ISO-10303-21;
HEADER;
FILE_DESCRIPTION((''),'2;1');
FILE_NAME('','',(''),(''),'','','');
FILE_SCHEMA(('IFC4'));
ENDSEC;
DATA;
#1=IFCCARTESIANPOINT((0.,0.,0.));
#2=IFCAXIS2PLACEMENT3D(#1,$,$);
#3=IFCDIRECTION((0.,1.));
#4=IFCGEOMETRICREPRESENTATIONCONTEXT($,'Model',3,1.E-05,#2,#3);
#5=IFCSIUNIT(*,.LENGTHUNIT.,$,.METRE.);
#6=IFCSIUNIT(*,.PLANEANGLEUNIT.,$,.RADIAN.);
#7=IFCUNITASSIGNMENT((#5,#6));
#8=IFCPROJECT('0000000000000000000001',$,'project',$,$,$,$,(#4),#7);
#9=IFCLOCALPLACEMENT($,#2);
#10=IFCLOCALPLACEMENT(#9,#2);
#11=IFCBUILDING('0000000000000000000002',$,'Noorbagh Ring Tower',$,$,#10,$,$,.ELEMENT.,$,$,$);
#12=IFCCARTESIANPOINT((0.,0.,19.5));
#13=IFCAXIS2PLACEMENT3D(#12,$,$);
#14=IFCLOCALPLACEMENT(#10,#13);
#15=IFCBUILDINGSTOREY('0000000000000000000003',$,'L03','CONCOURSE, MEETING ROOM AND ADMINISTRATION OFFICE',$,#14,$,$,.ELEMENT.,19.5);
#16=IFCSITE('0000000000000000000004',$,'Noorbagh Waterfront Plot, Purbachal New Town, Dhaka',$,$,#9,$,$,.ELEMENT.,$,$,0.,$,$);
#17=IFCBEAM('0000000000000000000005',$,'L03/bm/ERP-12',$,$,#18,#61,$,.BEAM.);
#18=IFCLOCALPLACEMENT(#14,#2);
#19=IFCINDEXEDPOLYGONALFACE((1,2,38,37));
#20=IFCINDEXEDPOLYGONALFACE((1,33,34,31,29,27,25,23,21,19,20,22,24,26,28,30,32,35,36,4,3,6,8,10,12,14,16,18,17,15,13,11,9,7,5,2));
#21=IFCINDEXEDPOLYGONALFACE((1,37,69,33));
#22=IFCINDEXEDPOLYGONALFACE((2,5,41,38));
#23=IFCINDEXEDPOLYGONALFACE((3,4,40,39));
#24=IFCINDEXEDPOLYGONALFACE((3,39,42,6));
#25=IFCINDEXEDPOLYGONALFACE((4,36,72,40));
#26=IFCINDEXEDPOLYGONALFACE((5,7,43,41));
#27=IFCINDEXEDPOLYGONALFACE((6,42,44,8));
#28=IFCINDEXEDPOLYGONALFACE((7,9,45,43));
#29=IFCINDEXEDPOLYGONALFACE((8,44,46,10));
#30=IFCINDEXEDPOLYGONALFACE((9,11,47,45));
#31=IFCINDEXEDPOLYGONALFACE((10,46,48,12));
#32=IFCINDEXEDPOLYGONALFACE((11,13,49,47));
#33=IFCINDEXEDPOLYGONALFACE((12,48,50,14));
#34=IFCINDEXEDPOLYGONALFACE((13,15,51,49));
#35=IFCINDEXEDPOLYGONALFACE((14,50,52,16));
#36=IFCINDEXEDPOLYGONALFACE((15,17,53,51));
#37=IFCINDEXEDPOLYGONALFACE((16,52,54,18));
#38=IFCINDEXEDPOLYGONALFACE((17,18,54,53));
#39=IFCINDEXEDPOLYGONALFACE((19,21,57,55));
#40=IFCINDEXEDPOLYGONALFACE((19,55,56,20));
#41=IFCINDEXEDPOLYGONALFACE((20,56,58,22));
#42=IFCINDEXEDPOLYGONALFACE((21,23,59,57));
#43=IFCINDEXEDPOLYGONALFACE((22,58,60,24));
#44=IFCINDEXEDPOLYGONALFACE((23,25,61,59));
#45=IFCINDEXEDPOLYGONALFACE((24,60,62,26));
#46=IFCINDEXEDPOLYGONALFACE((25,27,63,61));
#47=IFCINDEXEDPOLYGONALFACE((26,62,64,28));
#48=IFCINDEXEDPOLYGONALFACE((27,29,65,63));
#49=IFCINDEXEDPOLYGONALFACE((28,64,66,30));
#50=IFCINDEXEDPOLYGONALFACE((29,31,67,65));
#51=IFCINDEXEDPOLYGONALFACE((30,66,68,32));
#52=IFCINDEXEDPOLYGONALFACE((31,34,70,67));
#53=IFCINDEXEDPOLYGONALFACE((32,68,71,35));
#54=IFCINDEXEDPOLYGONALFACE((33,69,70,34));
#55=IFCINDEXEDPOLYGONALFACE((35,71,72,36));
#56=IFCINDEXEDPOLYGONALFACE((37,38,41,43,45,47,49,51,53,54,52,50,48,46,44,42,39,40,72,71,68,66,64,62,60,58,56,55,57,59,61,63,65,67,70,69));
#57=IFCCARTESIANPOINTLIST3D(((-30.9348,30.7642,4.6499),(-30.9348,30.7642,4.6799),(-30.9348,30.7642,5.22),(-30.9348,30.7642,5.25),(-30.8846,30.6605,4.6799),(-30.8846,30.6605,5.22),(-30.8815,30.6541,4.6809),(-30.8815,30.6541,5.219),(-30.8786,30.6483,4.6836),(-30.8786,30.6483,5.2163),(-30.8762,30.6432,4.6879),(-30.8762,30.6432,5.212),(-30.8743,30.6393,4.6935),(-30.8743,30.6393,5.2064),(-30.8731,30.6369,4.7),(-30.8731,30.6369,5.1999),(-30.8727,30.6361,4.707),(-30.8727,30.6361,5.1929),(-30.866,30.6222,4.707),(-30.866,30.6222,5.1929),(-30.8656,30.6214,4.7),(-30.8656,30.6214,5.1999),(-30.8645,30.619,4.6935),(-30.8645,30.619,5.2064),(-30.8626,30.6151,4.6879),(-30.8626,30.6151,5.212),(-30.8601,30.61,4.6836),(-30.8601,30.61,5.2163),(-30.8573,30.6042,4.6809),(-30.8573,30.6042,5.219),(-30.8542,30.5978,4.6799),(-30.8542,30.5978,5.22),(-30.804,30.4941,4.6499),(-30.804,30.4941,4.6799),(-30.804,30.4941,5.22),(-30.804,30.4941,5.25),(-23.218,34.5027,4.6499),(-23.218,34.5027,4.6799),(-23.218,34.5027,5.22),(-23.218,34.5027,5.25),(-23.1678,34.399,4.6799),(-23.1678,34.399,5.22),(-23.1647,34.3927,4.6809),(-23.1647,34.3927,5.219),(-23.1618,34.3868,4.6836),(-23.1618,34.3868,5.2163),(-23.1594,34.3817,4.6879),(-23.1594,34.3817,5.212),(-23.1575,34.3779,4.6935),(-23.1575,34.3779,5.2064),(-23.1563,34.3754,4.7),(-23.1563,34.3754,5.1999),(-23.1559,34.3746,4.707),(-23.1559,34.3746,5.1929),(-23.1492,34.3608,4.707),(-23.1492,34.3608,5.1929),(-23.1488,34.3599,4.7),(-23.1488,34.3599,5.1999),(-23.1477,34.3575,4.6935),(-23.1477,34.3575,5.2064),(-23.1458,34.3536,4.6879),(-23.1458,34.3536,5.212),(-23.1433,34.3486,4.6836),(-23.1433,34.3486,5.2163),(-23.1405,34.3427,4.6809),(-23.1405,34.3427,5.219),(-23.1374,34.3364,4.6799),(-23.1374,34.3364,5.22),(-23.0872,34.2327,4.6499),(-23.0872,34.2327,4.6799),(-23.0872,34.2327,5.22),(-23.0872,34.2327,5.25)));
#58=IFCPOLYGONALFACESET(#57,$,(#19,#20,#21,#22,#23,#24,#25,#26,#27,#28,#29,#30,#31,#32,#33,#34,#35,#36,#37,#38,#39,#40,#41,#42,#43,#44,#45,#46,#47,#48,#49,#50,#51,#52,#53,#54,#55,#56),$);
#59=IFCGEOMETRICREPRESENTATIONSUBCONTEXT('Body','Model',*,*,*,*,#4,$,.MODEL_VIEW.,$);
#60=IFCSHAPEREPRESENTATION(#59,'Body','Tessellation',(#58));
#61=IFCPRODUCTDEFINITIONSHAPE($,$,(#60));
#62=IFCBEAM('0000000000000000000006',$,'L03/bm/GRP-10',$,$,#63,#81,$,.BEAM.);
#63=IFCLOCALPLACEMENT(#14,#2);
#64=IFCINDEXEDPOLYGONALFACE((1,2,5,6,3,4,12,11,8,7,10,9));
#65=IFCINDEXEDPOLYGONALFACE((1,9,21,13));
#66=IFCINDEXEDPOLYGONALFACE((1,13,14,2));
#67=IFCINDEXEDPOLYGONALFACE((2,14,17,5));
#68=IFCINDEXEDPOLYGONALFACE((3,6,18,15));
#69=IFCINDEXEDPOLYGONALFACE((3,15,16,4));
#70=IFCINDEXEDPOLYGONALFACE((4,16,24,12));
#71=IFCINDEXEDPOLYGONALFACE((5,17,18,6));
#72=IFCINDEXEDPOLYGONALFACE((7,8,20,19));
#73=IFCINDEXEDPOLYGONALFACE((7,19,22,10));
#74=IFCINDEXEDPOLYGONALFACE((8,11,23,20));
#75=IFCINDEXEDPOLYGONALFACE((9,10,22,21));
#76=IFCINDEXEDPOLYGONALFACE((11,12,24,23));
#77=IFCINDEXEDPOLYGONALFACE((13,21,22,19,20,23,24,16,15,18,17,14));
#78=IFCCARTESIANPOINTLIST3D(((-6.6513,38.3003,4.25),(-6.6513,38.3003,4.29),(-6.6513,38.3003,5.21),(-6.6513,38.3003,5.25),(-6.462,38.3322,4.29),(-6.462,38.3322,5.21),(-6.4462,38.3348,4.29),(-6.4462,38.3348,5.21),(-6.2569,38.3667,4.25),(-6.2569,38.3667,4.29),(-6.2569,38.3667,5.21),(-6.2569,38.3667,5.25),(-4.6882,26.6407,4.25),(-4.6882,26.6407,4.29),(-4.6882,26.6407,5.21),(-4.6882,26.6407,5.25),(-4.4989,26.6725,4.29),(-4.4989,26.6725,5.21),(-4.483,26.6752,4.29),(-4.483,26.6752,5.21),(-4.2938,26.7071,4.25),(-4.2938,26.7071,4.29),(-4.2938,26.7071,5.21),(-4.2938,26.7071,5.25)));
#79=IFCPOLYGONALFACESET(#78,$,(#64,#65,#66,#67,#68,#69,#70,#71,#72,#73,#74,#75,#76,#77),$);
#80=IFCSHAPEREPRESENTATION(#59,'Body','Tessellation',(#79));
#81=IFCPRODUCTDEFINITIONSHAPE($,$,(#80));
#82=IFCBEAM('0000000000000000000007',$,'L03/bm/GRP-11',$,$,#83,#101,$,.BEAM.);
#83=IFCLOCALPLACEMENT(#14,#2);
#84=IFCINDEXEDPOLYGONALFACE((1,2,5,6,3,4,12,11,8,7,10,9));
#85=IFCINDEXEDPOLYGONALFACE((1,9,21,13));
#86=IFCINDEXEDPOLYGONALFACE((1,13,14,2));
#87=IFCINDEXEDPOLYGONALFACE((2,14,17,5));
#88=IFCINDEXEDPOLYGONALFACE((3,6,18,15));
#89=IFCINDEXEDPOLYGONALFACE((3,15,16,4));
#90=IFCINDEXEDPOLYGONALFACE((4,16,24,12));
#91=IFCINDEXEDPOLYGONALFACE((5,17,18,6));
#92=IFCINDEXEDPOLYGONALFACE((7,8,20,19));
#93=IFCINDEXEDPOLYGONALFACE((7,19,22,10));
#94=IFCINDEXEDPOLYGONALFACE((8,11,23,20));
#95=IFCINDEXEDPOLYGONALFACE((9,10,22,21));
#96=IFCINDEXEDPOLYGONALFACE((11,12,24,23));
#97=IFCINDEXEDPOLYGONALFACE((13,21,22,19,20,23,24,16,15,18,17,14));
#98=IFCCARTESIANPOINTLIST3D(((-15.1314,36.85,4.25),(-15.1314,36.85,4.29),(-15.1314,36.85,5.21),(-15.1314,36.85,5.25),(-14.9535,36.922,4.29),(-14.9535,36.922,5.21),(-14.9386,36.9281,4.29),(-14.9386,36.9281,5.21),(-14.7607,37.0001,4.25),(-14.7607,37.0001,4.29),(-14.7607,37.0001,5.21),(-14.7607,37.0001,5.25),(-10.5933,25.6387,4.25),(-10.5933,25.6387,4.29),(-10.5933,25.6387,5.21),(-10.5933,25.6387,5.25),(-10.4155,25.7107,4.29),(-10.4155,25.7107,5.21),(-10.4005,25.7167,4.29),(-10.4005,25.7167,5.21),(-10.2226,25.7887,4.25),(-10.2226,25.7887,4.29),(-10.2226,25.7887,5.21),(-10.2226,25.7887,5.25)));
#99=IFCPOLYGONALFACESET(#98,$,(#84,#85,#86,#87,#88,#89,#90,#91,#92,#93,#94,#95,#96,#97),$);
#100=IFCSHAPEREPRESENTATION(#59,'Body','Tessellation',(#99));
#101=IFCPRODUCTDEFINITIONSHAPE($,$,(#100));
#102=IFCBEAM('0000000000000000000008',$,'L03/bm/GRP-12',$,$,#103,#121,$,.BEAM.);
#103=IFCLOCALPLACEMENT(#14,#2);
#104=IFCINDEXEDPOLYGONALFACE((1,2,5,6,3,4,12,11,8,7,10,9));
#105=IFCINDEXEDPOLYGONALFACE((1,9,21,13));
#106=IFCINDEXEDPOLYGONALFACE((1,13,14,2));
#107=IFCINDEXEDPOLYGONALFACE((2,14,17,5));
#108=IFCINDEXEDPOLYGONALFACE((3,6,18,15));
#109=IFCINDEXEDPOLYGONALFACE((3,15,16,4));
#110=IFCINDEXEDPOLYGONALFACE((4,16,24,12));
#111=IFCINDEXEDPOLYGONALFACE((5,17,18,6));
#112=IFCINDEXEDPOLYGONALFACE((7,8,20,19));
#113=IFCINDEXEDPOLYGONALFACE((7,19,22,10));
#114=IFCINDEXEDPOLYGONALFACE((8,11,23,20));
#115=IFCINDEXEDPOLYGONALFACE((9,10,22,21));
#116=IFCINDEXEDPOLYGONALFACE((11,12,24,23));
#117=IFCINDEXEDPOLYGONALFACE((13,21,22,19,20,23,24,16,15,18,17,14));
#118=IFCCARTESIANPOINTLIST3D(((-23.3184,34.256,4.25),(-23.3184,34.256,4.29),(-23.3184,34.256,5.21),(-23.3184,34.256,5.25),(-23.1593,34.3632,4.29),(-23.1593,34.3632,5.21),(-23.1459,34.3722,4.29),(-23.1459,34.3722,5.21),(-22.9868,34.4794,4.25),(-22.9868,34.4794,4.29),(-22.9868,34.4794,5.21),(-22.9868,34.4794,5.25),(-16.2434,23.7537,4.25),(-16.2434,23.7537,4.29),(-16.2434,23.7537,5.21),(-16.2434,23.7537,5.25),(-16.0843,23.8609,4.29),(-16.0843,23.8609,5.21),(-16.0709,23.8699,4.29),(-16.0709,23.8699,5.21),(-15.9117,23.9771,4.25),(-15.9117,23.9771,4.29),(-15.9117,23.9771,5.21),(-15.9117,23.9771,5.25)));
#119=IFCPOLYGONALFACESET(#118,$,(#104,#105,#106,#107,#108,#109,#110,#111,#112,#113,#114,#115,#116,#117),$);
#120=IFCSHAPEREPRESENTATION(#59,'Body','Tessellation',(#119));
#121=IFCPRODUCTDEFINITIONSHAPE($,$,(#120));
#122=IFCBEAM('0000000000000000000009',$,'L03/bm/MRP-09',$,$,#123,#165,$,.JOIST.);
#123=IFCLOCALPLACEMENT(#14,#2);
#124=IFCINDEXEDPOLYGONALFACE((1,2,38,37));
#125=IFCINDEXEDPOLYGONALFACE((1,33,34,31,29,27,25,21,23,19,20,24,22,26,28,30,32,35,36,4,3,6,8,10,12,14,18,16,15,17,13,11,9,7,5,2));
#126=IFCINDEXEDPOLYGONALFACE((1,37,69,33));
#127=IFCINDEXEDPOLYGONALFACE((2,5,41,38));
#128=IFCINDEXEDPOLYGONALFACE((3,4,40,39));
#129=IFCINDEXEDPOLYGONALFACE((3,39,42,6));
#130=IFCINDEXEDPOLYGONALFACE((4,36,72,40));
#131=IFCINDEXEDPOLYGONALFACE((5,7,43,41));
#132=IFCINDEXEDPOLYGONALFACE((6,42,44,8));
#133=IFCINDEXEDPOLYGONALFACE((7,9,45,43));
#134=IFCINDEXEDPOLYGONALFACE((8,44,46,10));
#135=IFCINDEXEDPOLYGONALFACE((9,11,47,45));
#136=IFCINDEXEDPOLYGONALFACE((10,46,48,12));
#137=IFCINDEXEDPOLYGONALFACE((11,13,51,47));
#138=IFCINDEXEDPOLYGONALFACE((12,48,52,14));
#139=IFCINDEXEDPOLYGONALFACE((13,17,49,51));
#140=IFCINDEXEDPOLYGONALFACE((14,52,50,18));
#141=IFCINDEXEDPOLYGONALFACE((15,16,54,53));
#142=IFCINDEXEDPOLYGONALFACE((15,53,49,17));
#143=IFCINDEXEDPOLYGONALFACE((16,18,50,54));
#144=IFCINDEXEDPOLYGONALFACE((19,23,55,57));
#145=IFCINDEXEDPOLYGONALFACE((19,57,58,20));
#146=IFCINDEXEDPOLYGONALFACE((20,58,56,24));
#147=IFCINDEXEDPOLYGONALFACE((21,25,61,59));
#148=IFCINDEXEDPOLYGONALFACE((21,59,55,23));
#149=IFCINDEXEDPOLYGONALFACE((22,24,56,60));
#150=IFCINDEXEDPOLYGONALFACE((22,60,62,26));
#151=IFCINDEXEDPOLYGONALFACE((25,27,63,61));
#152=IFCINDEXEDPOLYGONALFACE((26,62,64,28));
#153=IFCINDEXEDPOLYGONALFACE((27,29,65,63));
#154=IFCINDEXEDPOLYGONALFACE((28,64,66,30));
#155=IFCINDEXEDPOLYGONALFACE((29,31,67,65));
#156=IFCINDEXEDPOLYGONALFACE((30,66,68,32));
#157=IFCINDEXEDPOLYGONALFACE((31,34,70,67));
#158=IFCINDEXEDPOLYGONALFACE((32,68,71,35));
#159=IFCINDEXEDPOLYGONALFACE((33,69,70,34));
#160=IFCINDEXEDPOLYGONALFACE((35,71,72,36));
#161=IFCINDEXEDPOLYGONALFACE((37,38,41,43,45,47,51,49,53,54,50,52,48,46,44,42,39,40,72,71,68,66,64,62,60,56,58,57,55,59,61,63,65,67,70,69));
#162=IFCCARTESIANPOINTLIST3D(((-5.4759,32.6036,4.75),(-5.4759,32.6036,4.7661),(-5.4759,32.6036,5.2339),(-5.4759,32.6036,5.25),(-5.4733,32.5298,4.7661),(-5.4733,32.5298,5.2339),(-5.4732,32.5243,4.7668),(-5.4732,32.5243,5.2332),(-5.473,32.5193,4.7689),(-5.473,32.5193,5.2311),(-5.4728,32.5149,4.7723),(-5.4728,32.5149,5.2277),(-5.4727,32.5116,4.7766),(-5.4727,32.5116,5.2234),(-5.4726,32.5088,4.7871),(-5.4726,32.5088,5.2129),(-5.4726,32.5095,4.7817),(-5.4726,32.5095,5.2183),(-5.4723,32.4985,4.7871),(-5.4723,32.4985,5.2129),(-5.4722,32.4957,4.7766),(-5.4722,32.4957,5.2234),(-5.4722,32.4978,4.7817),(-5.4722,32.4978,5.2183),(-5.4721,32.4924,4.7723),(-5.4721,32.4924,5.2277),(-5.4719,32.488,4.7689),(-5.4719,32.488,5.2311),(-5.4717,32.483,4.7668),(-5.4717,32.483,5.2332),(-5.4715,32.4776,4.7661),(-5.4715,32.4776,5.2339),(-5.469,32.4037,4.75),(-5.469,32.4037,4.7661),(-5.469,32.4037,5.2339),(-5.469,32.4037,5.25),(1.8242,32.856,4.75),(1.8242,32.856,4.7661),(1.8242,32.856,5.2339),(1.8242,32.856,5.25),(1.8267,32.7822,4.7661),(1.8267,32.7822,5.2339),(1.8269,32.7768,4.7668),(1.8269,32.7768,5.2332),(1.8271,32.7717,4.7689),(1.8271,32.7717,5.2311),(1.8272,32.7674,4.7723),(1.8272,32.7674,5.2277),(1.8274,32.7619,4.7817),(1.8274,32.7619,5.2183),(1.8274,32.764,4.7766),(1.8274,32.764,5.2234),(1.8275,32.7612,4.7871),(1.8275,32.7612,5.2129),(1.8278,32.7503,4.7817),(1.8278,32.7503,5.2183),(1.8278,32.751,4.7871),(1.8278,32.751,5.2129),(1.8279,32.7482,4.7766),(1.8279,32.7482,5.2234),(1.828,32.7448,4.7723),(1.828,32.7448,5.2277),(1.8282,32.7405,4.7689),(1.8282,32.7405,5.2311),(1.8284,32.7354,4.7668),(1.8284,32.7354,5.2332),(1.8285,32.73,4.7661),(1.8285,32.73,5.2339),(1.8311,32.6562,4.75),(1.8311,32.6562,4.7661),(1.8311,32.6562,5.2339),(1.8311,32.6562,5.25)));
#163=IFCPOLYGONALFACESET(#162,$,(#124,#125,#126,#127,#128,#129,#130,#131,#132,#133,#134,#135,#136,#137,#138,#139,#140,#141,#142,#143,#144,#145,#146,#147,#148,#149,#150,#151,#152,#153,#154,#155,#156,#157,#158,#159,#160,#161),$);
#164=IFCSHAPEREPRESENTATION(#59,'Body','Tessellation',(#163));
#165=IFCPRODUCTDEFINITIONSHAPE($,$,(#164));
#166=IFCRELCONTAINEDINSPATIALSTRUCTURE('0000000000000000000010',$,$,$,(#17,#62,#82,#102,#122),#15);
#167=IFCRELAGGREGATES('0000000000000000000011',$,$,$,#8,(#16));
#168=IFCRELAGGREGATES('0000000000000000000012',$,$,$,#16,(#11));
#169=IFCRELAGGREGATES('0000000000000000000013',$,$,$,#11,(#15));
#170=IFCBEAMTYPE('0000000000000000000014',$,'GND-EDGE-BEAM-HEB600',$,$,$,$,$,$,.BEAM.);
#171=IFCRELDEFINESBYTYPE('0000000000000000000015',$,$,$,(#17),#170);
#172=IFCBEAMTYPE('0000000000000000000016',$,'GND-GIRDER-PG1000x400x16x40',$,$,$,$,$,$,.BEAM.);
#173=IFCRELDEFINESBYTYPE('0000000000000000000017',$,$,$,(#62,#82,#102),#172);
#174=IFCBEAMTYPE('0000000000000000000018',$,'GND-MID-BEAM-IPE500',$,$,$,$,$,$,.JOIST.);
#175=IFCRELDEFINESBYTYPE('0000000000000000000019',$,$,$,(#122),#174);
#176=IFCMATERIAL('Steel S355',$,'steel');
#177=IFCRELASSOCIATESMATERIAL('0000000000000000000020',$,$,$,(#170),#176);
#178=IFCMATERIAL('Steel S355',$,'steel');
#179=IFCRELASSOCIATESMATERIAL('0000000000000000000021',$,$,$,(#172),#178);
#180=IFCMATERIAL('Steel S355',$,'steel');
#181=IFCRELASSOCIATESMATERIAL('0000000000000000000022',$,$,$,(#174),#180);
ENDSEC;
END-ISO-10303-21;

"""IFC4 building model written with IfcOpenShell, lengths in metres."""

from ifc_helpers import new_model, si_unit, direction, frame, origin, origin_2d, place, context, subcontext, project, spatial, i_section, extrude, material, material_profile, profile_set, type_object, element, save


model = new_model("IFC4")

# Units and contexts
model_context = context("Model", 3, precision=1e-05, world=origin(), true_north=direction((0.0, 1.0)))
body_context = subcontext(model_context, "Body", "Model", "MODEL_VIEW")
ifc_project = project(units=[si_unit("LENGTHUNIT", "METRE"), si_unit("PLANEANGLEUNIT", "RADIAN")], contexts=[model_context])

# Site, building, storey
site_placement = place(None, origin())
site = spatial("IfcSite", under=ifc_project, at=site_placement, Name="Noorbagh Waterfront Plot, Purbachal New Town, Dhaka", CompositionType="ELEMENT", RefElevation=0.0)
building_placement = place(site_placement, origin())
building = spatial("IfcBuilding", under=site, at=building_placement, Name="Noorbagh Ring Tower", CompositionType="ELEMENT")
storey_placement = place(building_placement, frame((0.0, 0.0, 19.5)))
storey = spatial("IfcBuildingStorey", under=building, at=storey_placement, Name="L03", Description="CONCOURSE, MEETING ROOM AND ADMINISTRATION OFFICE", CompositionType="ELEMENT", Elevation=19.5)

# Beams
ifc_material_1 = material(Name="Steel S355", Category="steel")
ifc_material_profile_1 = material_profile(ifc_material_1, i_section(OverallWidth=0.3, OverallDepth=0.6001, WebThickness=0.0154, FlangeThickness=0.03, FilletRadius=0.0271, at=origin_2d()), Name="HEB600")
ifc_profile_set_1 = profile_set([ifc_material_profile_1], Name="Steel S355")
beam_type_1 = type_object("IfcBeamType", Name="GND-EDGE-BEAM-HEB600", PredefinedType="BEAM", material=ifc_profile_set_1)
beam_1_placement = place(storey_placement, frame((-23.1526, 34.3677, 4.95), z_axis=(-0.899949, -0.435995, 0.0), x_axis=(0.435995, -0.899949, 0.0)))
element("IfcBeam", 1, at=beam_1_placement, inside=storey, type_object=beam_type_1, Name="L03/bm/ERP-12", PredefinedType="BEAM", context=body_context, shape_type="SweptSolid", body=[
    extrude(i_section(OverallWidth=0.3, OverallDepth=0.6001, WebThickness=0.0154, FlangeThickness=0.03, FilletRadius=0.0271, at=origin_2d()), origin(), (0.0, 0.0, 1.0), 8.5747),
])
ifc_material_2 = material(Name="Steel S355", Category="steel")
ifc_material_profile_2 = material_profile(ifc_material_2, i_section(OverallWidth=0.3999, OverallDepth=1.0, WebThickness=0.0161, FlangeThickness=0.04, at=origin_2d()), Name="PG1000x400x16x40")
ifc_profile_set_2 = profile_set([ifc_material_profile_2], Name="Steel S355")
beam_type_2 = type_object("IfcBeamType", Name="GND-GIRDER-PG1000x400x16x40", PredefinedType="BEAM", material=ifc_profile_set_2)
beam_2_placement = place(storey_placement, frame((-6.4541, 38.3335, 4.75), z_axis=(0.166033, -0.98612, 0.0), x_axis=(0.98612, 0.166033, 0.0)))
element("IfcBeam", 2, at=beam_2_placement, inside=storey, type_object=beam_type_2, Name="L03/bm/GRP-10", PredefinedType="BEAM", context=body_context, shape_type="SweptSolid", body=[
    extrude(i_section(OverallWidth=0.3999, OverallDepth=1.0, WebThickness=0.0161, FlangeThickness=0.04, at=origin_2d()), origin(), (0.0, 0.0, 1.0), 11.8237),
])
beam_3_placement = place(storey_placement, frame((-14.946, 36.925, 4.75), z_axis=(0.375202, -0.926943, 0.0), x_axis=(0.926943, 0.375202, 0.0)))
element("IfcBeam", 3, at=beam_3_placement, inside=storey, type_object=beam_type_2, Name="L03/bm/GRP-11", PredefinedType="BEAM", context=body_context, shape_type="SweptSolid", body=[
    extrude(i_section(OverallWidth=0.3999, OverallDepth=1.0, WebThickness=0.0161, FlangeThickness=0.04, at=origin_2d()), origin(), (0.0, 0.0, 1.0), 12.095),
])
beam_4_placement = place(storey_placement, frame((-23.1526, 34.3677, 4.75), z_axis=(0.558711, -0.829362, 0.0), x_axis=(0.829362, 0.558711, 0.0)))
element("IfcBeam", 4, at=beam_4_placement, inside=storey, type_object=beam_type_2, Name="L03/bm/GRP-12", PredefinedType="BEAM", context=body_context, shape_type="SweptSolid", body=[
    extrude(i_section(OverallWidth=0.3999, OverallDepth=1.0, WebThickness=0.0161, FlangeThickness=0.04, at=origin_2d()), origin(), (0.0, 0.0, 1.0), 12.6631),
])
ifc_material_3 = material(Name="Steel S355", Category="steel")
ifc_material_profile_3 = material_profile(ifc_material_3, i_section(OverallWidth=0.2, OverallDepth=0.5, WebThickness=0.0103, FlangeThickness=0.0161, FilletRadius=0.021, at=origin_2d()), Name="IPE500")
ifc_profile_set_3 = profile_set([ifc_material_profile_3], Name="Steel S355")
beam_type_3 = type_object("IfcBeamType", Name="GND-MID-BEAM-IPE500", PredefinedType="JOIST", material=ifc_profile_set_3)
beam_5_placement = place(storey_placement, frame((1.8276, 32.7561, 5.0), z_axis=(-0.999403, -0.03456, 0.0), x_axis=(0.03456, -0.999403, 0.0)))
element("IfcBeam", 5, at=beam_5_placement, inside=storey, type_object=beam_type_3, Name="L03/bm/MRP-09", PredefinedType="JOIST", context=body_context, shape_type="SweptSolid", body=[
    extrude(i_section(OverallWidth=0.2, OverallDepth=0.5, WebThickness=0.0103, FlangeThickness=0.0161, FilletRadius=0.021, at=origin_2d()), origin(), (0.0, 0.0, 1.0), 7.3044),
])

save(model, "model.ifc")
